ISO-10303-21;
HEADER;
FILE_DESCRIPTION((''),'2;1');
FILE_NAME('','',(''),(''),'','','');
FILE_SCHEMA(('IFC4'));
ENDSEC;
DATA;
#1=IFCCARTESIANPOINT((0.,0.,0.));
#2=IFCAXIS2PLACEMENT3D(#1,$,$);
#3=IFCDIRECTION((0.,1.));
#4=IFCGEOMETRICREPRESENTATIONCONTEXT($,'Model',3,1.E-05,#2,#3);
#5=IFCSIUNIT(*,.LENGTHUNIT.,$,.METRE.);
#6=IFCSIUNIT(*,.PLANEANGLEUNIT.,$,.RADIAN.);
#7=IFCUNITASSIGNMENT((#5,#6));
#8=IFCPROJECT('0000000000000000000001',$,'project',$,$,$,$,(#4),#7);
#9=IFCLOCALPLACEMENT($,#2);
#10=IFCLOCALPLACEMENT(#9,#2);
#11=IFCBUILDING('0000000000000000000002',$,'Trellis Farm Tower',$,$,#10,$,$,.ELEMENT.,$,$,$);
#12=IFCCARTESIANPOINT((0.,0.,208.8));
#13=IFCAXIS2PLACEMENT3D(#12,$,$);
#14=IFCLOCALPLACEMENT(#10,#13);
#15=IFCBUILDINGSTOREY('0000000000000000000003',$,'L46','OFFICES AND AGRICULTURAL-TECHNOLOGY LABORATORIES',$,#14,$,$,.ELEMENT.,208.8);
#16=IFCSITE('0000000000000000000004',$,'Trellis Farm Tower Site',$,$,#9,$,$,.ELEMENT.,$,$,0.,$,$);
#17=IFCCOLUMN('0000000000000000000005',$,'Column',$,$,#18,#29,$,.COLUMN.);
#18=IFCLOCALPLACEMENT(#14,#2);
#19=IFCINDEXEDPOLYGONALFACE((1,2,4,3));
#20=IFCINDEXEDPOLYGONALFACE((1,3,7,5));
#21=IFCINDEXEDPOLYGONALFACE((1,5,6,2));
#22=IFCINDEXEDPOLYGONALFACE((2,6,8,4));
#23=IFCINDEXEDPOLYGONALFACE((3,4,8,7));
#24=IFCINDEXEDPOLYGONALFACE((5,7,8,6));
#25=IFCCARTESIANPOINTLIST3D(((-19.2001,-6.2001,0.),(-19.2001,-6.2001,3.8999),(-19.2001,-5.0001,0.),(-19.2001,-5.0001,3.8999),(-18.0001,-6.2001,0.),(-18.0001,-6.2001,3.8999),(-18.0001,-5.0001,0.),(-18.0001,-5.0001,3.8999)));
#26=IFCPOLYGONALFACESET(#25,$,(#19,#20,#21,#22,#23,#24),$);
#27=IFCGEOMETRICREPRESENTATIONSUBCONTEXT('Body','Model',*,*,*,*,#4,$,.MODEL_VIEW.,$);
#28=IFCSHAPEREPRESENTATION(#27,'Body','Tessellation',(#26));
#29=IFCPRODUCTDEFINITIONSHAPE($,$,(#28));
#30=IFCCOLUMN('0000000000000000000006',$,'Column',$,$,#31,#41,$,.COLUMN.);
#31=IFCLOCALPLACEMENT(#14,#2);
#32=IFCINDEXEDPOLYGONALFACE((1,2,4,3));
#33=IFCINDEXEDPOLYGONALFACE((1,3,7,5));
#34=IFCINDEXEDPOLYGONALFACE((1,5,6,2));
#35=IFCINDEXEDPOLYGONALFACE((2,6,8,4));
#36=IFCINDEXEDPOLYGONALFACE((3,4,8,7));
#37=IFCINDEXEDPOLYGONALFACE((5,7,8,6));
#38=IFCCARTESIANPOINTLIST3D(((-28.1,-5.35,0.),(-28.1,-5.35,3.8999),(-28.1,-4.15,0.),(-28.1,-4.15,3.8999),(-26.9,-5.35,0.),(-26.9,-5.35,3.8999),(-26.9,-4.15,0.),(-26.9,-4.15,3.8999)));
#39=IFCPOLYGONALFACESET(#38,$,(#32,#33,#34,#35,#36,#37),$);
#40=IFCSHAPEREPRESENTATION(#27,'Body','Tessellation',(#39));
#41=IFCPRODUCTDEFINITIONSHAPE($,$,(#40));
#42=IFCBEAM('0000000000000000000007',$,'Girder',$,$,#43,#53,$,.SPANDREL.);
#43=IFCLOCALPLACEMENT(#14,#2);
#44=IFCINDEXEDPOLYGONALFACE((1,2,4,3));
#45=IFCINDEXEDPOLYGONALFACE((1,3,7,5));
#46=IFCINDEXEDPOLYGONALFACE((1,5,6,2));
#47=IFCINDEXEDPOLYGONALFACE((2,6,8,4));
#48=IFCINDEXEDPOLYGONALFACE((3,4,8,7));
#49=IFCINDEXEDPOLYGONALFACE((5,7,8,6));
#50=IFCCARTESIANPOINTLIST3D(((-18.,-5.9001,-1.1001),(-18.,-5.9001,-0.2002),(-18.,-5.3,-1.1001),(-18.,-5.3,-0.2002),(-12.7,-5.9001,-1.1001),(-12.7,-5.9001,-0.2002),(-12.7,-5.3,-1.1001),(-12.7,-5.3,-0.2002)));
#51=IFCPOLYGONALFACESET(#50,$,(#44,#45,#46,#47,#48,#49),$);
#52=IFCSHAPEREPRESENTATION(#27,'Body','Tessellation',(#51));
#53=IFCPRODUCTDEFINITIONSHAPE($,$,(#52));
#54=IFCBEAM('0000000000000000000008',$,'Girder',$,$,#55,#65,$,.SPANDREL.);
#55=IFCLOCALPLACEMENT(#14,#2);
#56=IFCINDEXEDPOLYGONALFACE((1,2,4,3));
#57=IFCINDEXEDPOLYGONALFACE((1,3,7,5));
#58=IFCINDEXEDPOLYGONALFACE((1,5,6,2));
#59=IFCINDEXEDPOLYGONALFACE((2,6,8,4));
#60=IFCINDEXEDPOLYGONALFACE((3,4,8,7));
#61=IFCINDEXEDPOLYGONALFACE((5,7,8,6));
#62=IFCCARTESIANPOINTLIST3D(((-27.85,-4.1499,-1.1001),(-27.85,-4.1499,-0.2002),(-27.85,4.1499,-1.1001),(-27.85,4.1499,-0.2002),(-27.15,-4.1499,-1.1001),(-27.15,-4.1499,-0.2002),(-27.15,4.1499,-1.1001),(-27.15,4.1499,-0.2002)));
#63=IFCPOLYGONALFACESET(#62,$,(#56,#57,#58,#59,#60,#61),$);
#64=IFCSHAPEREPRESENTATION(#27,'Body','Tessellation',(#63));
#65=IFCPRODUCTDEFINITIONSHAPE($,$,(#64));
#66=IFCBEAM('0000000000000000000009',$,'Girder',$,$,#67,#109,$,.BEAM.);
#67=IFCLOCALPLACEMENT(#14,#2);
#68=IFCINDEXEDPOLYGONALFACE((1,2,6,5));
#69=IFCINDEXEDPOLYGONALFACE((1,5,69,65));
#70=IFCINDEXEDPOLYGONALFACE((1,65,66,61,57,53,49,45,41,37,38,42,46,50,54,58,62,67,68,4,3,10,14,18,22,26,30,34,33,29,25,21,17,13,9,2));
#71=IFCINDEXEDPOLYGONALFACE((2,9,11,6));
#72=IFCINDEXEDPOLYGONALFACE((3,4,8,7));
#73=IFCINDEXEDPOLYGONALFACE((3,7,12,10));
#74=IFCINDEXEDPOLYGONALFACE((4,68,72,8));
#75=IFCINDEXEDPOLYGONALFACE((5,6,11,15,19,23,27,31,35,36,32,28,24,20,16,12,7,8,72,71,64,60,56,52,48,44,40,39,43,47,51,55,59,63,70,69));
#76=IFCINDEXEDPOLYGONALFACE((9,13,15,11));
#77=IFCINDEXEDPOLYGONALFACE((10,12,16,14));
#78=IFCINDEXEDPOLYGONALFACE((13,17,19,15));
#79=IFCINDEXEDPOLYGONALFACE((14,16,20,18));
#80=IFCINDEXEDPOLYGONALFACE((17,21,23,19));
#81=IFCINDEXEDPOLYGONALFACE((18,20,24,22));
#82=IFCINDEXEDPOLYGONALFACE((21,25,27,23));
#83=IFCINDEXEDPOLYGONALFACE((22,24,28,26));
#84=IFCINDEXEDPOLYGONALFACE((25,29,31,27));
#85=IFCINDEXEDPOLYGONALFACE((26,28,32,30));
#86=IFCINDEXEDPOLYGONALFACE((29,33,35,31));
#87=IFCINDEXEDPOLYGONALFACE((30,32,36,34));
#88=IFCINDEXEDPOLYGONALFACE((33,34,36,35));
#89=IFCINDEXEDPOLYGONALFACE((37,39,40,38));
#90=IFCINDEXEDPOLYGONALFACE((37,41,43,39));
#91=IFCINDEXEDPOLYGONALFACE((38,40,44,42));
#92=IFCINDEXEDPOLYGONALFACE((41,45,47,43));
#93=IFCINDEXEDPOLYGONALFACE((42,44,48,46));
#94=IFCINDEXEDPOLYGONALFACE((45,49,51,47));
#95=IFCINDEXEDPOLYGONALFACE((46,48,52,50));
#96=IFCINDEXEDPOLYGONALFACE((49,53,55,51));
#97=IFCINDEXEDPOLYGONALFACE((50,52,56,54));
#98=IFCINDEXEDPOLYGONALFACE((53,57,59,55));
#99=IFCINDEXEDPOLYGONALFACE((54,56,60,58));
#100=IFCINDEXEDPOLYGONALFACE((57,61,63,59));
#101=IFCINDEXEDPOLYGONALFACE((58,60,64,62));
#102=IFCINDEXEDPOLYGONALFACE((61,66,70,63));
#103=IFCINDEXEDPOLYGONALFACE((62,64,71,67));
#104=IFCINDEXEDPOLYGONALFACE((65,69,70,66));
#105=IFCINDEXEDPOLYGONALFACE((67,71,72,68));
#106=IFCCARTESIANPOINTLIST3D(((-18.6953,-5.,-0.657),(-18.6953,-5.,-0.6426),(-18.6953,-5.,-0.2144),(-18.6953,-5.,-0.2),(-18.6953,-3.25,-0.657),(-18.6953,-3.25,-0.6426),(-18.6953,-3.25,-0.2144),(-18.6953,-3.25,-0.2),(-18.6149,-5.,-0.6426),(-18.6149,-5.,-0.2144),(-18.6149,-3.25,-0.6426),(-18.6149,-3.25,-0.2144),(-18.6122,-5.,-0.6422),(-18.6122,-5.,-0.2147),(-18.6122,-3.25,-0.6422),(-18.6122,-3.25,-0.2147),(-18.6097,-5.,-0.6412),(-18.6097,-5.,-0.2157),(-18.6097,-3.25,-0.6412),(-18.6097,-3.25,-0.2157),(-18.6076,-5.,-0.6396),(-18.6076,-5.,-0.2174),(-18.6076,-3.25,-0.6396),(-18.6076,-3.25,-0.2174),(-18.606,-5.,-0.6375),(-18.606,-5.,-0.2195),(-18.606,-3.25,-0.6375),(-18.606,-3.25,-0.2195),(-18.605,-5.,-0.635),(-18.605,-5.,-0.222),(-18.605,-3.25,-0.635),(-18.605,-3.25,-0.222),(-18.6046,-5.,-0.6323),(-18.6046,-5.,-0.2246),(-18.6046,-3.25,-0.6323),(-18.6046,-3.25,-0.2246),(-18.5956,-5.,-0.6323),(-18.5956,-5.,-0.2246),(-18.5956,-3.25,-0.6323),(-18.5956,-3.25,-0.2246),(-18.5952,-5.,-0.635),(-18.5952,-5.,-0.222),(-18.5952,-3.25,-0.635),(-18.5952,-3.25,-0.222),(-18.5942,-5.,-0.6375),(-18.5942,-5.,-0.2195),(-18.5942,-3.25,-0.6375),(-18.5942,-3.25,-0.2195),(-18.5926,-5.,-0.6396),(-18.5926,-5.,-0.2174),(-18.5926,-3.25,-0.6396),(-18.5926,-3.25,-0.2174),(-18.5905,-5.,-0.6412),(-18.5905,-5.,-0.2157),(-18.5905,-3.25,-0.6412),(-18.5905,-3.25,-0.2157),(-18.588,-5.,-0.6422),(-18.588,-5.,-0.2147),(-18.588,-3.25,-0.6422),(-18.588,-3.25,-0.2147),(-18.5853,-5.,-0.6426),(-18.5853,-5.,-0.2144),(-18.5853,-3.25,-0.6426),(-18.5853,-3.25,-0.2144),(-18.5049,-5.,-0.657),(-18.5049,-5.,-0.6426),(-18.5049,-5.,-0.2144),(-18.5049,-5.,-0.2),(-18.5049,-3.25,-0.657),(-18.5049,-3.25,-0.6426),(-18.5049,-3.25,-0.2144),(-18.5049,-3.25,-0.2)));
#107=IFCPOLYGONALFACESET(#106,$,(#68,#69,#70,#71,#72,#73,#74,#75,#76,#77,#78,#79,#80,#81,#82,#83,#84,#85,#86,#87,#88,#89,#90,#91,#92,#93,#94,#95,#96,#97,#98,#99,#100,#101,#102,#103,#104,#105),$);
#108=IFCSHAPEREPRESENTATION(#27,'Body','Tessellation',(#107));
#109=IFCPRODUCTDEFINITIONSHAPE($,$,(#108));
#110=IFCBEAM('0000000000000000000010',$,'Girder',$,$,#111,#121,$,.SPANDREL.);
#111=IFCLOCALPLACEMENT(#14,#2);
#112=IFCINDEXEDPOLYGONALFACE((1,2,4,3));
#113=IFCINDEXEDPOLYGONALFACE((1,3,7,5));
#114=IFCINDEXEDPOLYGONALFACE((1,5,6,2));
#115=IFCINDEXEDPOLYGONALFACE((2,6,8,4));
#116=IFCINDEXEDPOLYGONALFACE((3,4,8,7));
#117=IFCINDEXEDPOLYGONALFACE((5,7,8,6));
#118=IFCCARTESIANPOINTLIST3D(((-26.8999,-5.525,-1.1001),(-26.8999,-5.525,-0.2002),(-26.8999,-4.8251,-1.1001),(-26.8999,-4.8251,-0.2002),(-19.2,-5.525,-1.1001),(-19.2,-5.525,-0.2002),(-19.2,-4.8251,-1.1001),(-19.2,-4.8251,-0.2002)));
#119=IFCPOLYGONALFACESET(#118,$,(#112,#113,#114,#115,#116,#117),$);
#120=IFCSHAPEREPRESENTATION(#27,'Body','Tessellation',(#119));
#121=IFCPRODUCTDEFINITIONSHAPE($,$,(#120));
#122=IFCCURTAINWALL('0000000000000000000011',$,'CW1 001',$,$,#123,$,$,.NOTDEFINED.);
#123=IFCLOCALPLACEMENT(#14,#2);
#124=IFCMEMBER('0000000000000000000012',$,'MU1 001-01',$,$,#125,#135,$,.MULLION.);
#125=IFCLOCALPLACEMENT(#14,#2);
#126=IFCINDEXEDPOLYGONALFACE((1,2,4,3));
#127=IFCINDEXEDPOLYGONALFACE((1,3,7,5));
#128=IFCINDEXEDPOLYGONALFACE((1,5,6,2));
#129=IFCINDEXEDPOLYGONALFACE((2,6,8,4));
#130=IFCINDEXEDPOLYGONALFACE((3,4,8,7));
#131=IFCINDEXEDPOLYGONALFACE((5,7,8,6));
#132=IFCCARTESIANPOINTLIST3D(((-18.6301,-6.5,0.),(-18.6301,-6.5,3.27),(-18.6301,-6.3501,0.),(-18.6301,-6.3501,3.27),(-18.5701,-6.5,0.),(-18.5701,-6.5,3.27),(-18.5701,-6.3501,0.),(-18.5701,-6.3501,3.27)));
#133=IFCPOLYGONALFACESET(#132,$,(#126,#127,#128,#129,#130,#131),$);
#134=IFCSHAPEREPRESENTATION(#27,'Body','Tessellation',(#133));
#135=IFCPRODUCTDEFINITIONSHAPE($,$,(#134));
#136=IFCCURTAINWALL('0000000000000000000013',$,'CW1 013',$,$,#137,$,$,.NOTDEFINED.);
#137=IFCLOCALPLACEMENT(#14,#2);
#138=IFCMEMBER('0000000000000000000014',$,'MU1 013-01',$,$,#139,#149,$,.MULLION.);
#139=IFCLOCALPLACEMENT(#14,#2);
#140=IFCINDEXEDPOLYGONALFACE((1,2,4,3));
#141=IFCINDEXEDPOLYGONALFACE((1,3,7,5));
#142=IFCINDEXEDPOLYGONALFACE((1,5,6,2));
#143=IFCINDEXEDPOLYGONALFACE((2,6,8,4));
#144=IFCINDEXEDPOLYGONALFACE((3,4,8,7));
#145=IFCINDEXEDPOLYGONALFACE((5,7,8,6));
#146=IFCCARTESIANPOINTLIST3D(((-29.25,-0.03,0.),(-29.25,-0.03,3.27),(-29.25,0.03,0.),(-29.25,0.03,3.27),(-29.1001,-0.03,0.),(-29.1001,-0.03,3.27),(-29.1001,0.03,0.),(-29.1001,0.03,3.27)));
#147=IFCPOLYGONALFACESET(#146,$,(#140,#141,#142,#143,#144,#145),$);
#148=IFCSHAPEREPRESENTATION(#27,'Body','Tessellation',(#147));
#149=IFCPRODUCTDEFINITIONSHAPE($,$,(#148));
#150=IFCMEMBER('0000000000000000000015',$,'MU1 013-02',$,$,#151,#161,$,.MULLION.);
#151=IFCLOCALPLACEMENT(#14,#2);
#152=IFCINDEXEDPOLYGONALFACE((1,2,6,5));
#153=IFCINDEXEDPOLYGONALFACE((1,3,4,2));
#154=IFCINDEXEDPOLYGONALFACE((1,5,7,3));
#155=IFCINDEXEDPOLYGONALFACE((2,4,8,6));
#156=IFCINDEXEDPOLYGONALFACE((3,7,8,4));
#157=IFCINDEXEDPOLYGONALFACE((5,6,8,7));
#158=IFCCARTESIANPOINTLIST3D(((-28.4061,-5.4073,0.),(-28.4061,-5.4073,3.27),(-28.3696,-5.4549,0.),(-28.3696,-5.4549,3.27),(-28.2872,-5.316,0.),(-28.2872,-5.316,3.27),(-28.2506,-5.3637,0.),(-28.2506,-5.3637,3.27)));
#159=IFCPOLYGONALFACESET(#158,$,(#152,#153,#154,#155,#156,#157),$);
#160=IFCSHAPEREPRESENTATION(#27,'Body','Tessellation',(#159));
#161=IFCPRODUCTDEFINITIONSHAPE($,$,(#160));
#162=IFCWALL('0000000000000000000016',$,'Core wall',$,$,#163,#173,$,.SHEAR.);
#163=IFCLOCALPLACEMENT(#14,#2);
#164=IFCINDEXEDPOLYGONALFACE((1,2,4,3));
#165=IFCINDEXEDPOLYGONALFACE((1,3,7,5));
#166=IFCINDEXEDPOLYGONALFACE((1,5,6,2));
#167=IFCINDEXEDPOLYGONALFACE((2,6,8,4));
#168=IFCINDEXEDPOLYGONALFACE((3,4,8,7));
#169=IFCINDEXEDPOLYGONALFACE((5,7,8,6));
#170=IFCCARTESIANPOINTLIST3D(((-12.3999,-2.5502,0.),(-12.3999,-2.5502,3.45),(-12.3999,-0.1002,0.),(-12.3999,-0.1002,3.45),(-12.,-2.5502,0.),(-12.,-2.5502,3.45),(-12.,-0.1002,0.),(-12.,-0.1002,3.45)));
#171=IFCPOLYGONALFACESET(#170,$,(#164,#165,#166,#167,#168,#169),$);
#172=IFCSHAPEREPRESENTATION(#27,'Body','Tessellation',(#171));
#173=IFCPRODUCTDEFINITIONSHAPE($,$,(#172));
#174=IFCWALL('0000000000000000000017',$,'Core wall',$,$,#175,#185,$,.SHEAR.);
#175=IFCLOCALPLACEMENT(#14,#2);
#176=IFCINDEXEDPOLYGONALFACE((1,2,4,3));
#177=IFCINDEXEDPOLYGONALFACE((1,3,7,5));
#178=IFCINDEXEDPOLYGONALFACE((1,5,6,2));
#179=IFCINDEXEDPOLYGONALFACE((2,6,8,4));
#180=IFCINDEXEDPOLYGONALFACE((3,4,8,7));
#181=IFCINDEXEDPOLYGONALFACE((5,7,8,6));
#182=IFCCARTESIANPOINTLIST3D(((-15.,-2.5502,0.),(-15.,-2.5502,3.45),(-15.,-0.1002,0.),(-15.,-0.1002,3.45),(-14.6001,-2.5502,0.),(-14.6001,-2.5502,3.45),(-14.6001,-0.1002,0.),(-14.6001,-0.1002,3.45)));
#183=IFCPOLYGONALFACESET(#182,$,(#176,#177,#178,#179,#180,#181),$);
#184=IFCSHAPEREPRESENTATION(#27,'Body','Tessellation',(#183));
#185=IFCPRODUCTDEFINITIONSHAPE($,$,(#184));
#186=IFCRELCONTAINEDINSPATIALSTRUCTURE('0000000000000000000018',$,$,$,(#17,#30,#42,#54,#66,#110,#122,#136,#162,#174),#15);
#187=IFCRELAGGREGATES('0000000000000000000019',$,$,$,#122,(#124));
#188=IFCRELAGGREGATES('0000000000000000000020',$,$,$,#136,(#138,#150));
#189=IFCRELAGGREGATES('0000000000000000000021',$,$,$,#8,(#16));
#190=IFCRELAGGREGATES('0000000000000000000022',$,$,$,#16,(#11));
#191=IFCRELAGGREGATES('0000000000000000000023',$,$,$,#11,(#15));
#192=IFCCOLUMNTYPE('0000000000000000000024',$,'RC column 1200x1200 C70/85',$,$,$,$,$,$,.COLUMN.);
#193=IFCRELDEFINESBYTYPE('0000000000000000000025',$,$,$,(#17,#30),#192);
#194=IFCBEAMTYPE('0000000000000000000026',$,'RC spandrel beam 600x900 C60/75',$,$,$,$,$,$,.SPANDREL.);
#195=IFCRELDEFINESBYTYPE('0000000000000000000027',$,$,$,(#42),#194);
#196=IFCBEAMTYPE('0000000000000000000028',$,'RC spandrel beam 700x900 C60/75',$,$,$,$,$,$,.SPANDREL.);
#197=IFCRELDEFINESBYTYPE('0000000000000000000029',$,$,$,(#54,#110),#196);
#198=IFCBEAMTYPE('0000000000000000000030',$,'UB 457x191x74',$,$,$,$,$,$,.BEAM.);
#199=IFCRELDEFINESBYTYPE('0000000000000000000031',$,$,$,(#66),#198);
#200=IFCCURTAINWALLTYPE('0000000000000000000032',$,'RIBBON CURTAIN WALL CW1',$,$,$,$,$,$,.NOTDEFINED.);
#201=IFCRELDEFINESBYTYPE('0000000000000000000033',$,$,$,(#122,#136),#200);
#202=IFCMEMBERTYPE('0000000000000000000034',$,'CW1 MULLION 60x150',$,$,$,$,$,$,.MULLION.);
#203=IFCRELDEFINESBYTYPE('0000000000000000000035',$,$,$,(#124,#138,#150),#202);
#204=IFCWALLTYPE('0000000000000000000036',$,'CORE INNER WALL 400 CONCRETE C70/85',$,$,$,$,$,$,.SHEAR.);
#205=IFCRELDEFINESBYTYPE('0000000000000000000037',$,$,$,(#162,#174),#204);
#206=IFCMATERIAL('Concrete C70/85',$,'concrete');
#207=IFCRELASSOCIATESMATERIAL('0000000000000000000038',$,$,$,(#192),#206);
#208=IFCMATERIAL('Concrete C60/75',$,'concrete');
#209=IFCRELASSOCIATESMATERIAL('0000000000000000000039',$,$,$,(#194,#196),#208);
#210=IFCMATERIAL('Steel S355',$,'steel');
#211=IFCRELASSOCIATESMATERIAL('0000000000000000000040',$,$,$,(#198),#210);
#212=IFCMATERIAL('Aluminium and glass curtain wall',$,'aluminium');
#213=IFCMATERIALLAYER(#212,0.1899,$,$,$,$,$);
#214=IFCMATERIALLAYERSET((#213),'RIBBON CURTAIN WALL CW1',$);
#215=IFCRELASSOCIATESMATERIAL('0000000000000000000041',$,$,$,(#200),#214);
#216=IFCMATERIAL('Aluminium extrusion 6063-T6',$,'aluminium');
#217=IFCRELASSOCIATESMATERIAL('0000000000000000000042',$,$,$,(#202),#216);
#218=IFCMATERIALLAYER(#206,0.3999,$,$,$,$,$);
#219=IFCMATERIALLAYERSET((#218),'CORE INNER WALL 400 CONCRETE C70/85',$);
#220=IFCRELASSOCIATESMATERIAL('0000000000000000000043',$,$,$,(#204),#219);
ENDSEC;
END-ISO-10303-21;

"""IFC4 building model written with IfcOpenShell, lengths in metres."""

from ifc_helpers import new_model, si_unit, direction, frame, frame_2d, origin, origin_2d, place, context, subcontext, project, spatial, rectangle, i_section, extrude, source, transform, mapped, material, layer, layer_set, material_profile, profile_set, type_object, element, aggregate, save


model = new_model("IFC4")

# Units and contexts
model_context = context("Model", 3, precision=1e-05, world=origin(), true_north=direction((0.0, 1.0)))
body_context = subcontext(model_context, "Body", "Model", "MODEL_VIEW")
ifc_project = project(units=[si_unit("LENGTHUNIT", "METRE"), si_unit("PLANEANGLEUNIT", "RADIAN")], contexts=[model_context])

# Site, building, storey
site_placement = place(None, origin())
site = spatial("IfcSite", under=ifc_project, at=site_placement, Name="Trellis Farm Tower Site", CompositionType="ELEMENT", RefElevation=0.0)
building_placement = place(site_placement, origin())
building = spatial("IfcBuilding", under=site, at=building_placement, Name="Trellis Farm Tower", CompositionType="ELEMENT")
storey_placement = place(building_placement, frame((0.0, 0.0, 208.8)))
storey = spatial("IfcBuildingStorey", under=building, at=storey_placement, Name="L46", Description="OFFICES AND AGRICULTURAL-TECHNOLOGY LABORATORIES", CompositionType="ELEMENT", Elevation=208.8)

# Columns
ifc_material_1 = material(Name="Concrete C70/85", Category="concrete")
ifc_material_profile_1 = material_profile(ifc_material_1, rectangle(XDim=1.2, YDim=1.2, at=origin_2d()), Name="RC column 1200x1200 C70/85")
ifc_profile_set_1 = profile_set([ifc_material_profile_1], Name="Concrete C70/85")
column_type = type_object("IfcColumnType", Name="RC column 1200x1200 C70/85", PredefinedType="COLUMN", material=ifc_profile_set_1)
shared_shape_1 = source(origin(), body_context, "Body", "SweptSolid", [
    extrude(rectangle(XDim=1.2, YDim=1.2, at=origin_2d()), origin(), (0.0, 0.0, 1.0), 3.8999),
])
for number, where, z_axis, x_axis, name in (
    (1, (-18.6001, -5.6001, 0.0), (0.0, 0.0, 1.0), (1.0, 0.0, 0.0), "Column"),
    (2, (-27.5, -4.75, 0.0), (0.0, 0.0, 1.0), (1.0, 0.0, 0.0), "Column"),
):
    element("IfcColumn", number, at=place(storey_placement, frame(where, z_axis=z_axis, x_axis=x_axis)), inside=storey, type_object=column_type, Name=name, PredefinedType="COLUMN", context=body_context, shape_type="MappedRepresentation", body=[
        mapped(shared_shape_1, transform((0.0, 0.0, 0.0))),
    ])

# Beams
ifc_material_2 = material(Name="Concrete C60/75", Category="concrete")
ifc_material_profile_2 = material_profile(ifc_material_2, rectangle(XDim=0.6001, YDim=0.8999, at=origin_2d()), Name="RC spandrel beam 600x900 C60/75")
ifc_profile_set_2 = profile_set([ifc_material_profile_2], Name="Concrete C60/75")
beam_type_1 = type_object("IfcBeamType", Name="RC spandrel beam 600x900 C60/75", PredefinedType="SPANDREL", material=ifc_profile_set_2)
shared_shape_2 = source(origin(), body_context, "Body", "SweptSolid", [
    extrude(rectangle(XDim=0.6001, YDim=0.8999, at=origin_2d()), origin(), (0.0, 0.0, 1.0), 5.3),
])
beam_1_placement = place(storey_placement, frame((-18.0, -5.6001, -0.6501), z_axis=(1.0, 0.0, 0.0), x_axis=(0.0, 1.0, 0.0)))
element("IfcBeam", 3, at=beam_1_placement, inside=storey, type_object=beam_type_1, Name="Girder", PredefinedType="SPANDREL", context=body_context, shape_type="MappedRepresentation", body=[
    mapped(shared_shape_2, transform((0.0, 0.0, 0.0))),
])
ifc_material_profile_3 = material_profile(ifc_material_2, rectangle(XDim=0.7, YDim=0.8999, at=origin_2d()), Name="RC spandrel beam 700x900 C60/75")
ifc_profile_set_3 = profile_set([ifc_material_profile_3], Name="Concrete C60/75")
beam_type_2 = type_object("IfcBeamType", Name="RC spandrel beam 700x900 C60/75", PredefinedType="SPANDREL", material=ifc_profile_set_3)
shared_shape_3 = source(origin(), body_context, "Body", "SweptSolid", [
    extrude(rectangle(XDim=0.7, YDim=0.8999, at=origin_2d()), origin(), (0.0, 0.0, 1.0), 8.2998),
])
beam_2_placement = place(storey_placement, frame((-27.5, -4.1499, -0.6501), z_axis=(0.0, 1.0, 0.0), x_axis=(-1.0, 0.0, 0.0)))
element("IfcBeam", 4, at=beam_2_placement, inside=storey, type_object=beam_type_2, Name="Girder", PredefinedType="SPANDREL", context=body_context, shape_type="MappedRepresentation", body=[
    mapped(shared_shape_3, transform((0.0, 0.0, 0.0))),
])
ifc_material_3 = material(Name="Steel S355", Category="steel")
ifc_material_profile_4 = material_profile(ifc_material_3, i_section(OverallWidth=0.1904, OverallDepth=0.457, WebThickness=0.009, FlangeThickness=0.0144, FilletRadius=0.0103, at=origin_2d()), Name="UB 457x191x74")
ifc_profile_set_4 = profile_set([ifc_material_profile_4], Name="Steel S355")
beam_type_3 = type_object("IfcBeamType", Name="UB 457x191x74", PredefinedType="BEAM", material=ifc_profile_set_4)
shared_shape_4 = source(origin(), body_context, "Body", "SweptSolid", [
    extrude(i_section(OverallWidth=0.1904, OverallDepth=0.457, WebThickness=0.009, FlangeThickness=0.0144, FilletRadius=0.0103, at=origin_2d()), origin(), (0.0, 0.0, 1.0), 1.75),
])
beam_3_placement = place(storey_placement, frame((-18.6001, -5.0, -0.4285), z_axis=(0.0, 1.0, 0.0), x_axis=(-1.0, 0.0, 0.0)))
element("IfcBeam", 5, at=beam_3_placement, inside=storey, type_object=beam_type_3, Name="Girder", PredefinedType="BEAM", context=body_context, shape_type="MappedRepresentation", body=[
    mapped(shared_shape_4, transform((0.0, 0.0, 0.0))),
])
shared_shape_5 = source(origin(), body_context, "Body", "SweptSolid", [
    extrude(rectangle(XDim=0.7, YDim=0.8999, at=origin_2d()), origin(), (0.0, 0.0, 1.0), 7.7),
])
beam_4_placement = place(storey_placement, frame((-26.8999, -5.175, -0.6501), z_axis=(1.0, 0.0, 0.0), x_axis=(0.0, 1.0, 0.0)))
element("IfcBeam", 6, at=beam_4_placement, inside=storey, type_object=beam_type_2, Name="Girder", PredefinedType="SPANDREL", context=body_context, shape_type="MappedRepresentation", body=[
    mapped(shared_shape_5, transform((0.0, 0.0, 0.0))),
])

# Curtain wall, member
ifc_material_4 = material(Name="Aluminium and glass curtain wall", Category="aluminium")
ifc_layer_1 = layer(ifc_material_4, 0.1899)
ifc_layer_set_1 = layer_set([ifc_layer_1], Name="RIBBON CURTAIN WALL CW1")
curtain_wall_type = type_object("IfcCurtainWallType", Name="RIBBON CURTAIN WALL CW1", PredefinedType="NOTDEFINED", material=ifc_layer_set_1)
placement = place(storey_placement, origin())
curtain_wall_1 = element("IfcCurtainWall", 7, at=placement, inside=storey, type_object=curtain_wall_type, Name="CW1 001", PredefinedType="NOTDEFINED")
ifc_material_5 = material(Name="Aluminium extrusion 6063-T6", Category="aluminium")
ifc_material_profile_5 = material_profile(ifc_material_5, rectangle(XDim=0.0601, YDim=0.1499, at=origin_2d()), Name="MULLION 60x150")
ifc_profile_set_5 = profile_set([ifc_material_profile_5], Name="Aluminium extrusion 6063-T6")
member_type = type_object("IfcMemberType", Name="CW1 MULLION 60x150", PredefinedType="MULLION", material=ifc_profile_set_5)
shared_shape_6 = source(origin(), body_context, "Body", "SweptSolid", [
    extrude(rectangle(XDim=0.0601, YDim=0.1499, at=origin_2d()), origin(), (0.0, 0.0, 1.0), 3.27),
])
member_1_placement = place(storey_placement, frame((-18.6001, -6.425, 0.0), z_axis=(0.0, 0.0, 1.0), x_axis=(1.0, 0.0, 0.0)))
member_1 = element("IfcMember", 8, at=member_1_placement, type_object=member_type, Name="MU1 001-01", PredefinedType="MULLION", context=body_context, shape_type="MappedRepresentation", body=[
    mapped(shared_shape_6, transform((0.0, 0.0, 0.0))),
])
aggregate(curtain_wall_1, [member_1])

# Curtain wall, members
curtain_wall_2 = element("IfcCurtainWall", 9, at=placement, inside=storey, type_object=curtain_wall_type, Name="CW1 013", PredefinedType="NOTDEFINED")
member_2_placement = place(storey_placement, frame((-29.175, 0.0, 0.0), z_axis=(0.0, 0.0, 1.0), x_axis=(0.0, -1.0, 0.0)))
member_2 = element("IfcMember", 10, at=member_2_placement, type_object=member_type, Name="MU1 013-01", PredefinedType="MULLION", context=body_context, shape_type="MappedRepresentation", body=[
    mapped(shared_shape_6, transform((0.0, 0.0, 0.0))),
])
member_3_placement = place(storey_placement, frame((-28.3284, -5.3855, 0.0), z_axis=(0.0, 0.0, 1.0), x_axis=(0.608761, -0.793353, 0.0)))
member_3 = element("IfcMember", 11, at=member_3_placement, type_object=member_type, Name="MU1 013-02", PredefinedType="MULLION", context=body_context, shape_type="MappedRepresentation", body=[
    mapped(shared_shape_6, transform((0.0, 0.0, 0.0))),
])
aggregate(curtain_wall_2, [member_2, member_3])

# Walls
ifc_layer_2 = layer(ifc_material_1, 0.3999)
ifc_layer_set_2 = layer_set([ifc_layer_2], Name="CORE INNER WALL 400 CONCRETE C70/85")
wall_type_1 = type_object("IfcWallType", Name="CORE INNER WALL 400 CONCRETE C70/85", PredefinedType="SHEAR", material=ifc_layer_set_2)
shared_shape_7 = source(origin(), body_context, "Body", "SweptSolid", [
    extrude(rectangle(XDim=2.45, YDim=0.3999, at=frame_2d((1.2251, 0.0))), origin(), (0.0, 0.0, 1.0), 3.45),
])
for number, where, z_axis, x_axis, name in (
    (12, (-12.2, -0.1001, 0.0), (0.0, 0.0, 1.0), (0.0, -1.0, 0.0), "Core wall"),
    (13, (-14.8, -0.1001, 0.0), (0.0, 0.0, 1.0), (0.0, -1.0, 0.0), "Core wall"),
):
    element("IfcWall", number, at=place(storey_placement, frame(where, z_axis=z_axis, x_axis=x_axis)), inside=storey, type_object=wall_type_1, Name=name, PredefinedType="SHEAR", context=body_context, shape_type="MappedRepresentation", body=[
        mapped(shared_shape_7, transform((0.0, 0.0, 0.0))),
    ])

save(model, "model.ifc")
